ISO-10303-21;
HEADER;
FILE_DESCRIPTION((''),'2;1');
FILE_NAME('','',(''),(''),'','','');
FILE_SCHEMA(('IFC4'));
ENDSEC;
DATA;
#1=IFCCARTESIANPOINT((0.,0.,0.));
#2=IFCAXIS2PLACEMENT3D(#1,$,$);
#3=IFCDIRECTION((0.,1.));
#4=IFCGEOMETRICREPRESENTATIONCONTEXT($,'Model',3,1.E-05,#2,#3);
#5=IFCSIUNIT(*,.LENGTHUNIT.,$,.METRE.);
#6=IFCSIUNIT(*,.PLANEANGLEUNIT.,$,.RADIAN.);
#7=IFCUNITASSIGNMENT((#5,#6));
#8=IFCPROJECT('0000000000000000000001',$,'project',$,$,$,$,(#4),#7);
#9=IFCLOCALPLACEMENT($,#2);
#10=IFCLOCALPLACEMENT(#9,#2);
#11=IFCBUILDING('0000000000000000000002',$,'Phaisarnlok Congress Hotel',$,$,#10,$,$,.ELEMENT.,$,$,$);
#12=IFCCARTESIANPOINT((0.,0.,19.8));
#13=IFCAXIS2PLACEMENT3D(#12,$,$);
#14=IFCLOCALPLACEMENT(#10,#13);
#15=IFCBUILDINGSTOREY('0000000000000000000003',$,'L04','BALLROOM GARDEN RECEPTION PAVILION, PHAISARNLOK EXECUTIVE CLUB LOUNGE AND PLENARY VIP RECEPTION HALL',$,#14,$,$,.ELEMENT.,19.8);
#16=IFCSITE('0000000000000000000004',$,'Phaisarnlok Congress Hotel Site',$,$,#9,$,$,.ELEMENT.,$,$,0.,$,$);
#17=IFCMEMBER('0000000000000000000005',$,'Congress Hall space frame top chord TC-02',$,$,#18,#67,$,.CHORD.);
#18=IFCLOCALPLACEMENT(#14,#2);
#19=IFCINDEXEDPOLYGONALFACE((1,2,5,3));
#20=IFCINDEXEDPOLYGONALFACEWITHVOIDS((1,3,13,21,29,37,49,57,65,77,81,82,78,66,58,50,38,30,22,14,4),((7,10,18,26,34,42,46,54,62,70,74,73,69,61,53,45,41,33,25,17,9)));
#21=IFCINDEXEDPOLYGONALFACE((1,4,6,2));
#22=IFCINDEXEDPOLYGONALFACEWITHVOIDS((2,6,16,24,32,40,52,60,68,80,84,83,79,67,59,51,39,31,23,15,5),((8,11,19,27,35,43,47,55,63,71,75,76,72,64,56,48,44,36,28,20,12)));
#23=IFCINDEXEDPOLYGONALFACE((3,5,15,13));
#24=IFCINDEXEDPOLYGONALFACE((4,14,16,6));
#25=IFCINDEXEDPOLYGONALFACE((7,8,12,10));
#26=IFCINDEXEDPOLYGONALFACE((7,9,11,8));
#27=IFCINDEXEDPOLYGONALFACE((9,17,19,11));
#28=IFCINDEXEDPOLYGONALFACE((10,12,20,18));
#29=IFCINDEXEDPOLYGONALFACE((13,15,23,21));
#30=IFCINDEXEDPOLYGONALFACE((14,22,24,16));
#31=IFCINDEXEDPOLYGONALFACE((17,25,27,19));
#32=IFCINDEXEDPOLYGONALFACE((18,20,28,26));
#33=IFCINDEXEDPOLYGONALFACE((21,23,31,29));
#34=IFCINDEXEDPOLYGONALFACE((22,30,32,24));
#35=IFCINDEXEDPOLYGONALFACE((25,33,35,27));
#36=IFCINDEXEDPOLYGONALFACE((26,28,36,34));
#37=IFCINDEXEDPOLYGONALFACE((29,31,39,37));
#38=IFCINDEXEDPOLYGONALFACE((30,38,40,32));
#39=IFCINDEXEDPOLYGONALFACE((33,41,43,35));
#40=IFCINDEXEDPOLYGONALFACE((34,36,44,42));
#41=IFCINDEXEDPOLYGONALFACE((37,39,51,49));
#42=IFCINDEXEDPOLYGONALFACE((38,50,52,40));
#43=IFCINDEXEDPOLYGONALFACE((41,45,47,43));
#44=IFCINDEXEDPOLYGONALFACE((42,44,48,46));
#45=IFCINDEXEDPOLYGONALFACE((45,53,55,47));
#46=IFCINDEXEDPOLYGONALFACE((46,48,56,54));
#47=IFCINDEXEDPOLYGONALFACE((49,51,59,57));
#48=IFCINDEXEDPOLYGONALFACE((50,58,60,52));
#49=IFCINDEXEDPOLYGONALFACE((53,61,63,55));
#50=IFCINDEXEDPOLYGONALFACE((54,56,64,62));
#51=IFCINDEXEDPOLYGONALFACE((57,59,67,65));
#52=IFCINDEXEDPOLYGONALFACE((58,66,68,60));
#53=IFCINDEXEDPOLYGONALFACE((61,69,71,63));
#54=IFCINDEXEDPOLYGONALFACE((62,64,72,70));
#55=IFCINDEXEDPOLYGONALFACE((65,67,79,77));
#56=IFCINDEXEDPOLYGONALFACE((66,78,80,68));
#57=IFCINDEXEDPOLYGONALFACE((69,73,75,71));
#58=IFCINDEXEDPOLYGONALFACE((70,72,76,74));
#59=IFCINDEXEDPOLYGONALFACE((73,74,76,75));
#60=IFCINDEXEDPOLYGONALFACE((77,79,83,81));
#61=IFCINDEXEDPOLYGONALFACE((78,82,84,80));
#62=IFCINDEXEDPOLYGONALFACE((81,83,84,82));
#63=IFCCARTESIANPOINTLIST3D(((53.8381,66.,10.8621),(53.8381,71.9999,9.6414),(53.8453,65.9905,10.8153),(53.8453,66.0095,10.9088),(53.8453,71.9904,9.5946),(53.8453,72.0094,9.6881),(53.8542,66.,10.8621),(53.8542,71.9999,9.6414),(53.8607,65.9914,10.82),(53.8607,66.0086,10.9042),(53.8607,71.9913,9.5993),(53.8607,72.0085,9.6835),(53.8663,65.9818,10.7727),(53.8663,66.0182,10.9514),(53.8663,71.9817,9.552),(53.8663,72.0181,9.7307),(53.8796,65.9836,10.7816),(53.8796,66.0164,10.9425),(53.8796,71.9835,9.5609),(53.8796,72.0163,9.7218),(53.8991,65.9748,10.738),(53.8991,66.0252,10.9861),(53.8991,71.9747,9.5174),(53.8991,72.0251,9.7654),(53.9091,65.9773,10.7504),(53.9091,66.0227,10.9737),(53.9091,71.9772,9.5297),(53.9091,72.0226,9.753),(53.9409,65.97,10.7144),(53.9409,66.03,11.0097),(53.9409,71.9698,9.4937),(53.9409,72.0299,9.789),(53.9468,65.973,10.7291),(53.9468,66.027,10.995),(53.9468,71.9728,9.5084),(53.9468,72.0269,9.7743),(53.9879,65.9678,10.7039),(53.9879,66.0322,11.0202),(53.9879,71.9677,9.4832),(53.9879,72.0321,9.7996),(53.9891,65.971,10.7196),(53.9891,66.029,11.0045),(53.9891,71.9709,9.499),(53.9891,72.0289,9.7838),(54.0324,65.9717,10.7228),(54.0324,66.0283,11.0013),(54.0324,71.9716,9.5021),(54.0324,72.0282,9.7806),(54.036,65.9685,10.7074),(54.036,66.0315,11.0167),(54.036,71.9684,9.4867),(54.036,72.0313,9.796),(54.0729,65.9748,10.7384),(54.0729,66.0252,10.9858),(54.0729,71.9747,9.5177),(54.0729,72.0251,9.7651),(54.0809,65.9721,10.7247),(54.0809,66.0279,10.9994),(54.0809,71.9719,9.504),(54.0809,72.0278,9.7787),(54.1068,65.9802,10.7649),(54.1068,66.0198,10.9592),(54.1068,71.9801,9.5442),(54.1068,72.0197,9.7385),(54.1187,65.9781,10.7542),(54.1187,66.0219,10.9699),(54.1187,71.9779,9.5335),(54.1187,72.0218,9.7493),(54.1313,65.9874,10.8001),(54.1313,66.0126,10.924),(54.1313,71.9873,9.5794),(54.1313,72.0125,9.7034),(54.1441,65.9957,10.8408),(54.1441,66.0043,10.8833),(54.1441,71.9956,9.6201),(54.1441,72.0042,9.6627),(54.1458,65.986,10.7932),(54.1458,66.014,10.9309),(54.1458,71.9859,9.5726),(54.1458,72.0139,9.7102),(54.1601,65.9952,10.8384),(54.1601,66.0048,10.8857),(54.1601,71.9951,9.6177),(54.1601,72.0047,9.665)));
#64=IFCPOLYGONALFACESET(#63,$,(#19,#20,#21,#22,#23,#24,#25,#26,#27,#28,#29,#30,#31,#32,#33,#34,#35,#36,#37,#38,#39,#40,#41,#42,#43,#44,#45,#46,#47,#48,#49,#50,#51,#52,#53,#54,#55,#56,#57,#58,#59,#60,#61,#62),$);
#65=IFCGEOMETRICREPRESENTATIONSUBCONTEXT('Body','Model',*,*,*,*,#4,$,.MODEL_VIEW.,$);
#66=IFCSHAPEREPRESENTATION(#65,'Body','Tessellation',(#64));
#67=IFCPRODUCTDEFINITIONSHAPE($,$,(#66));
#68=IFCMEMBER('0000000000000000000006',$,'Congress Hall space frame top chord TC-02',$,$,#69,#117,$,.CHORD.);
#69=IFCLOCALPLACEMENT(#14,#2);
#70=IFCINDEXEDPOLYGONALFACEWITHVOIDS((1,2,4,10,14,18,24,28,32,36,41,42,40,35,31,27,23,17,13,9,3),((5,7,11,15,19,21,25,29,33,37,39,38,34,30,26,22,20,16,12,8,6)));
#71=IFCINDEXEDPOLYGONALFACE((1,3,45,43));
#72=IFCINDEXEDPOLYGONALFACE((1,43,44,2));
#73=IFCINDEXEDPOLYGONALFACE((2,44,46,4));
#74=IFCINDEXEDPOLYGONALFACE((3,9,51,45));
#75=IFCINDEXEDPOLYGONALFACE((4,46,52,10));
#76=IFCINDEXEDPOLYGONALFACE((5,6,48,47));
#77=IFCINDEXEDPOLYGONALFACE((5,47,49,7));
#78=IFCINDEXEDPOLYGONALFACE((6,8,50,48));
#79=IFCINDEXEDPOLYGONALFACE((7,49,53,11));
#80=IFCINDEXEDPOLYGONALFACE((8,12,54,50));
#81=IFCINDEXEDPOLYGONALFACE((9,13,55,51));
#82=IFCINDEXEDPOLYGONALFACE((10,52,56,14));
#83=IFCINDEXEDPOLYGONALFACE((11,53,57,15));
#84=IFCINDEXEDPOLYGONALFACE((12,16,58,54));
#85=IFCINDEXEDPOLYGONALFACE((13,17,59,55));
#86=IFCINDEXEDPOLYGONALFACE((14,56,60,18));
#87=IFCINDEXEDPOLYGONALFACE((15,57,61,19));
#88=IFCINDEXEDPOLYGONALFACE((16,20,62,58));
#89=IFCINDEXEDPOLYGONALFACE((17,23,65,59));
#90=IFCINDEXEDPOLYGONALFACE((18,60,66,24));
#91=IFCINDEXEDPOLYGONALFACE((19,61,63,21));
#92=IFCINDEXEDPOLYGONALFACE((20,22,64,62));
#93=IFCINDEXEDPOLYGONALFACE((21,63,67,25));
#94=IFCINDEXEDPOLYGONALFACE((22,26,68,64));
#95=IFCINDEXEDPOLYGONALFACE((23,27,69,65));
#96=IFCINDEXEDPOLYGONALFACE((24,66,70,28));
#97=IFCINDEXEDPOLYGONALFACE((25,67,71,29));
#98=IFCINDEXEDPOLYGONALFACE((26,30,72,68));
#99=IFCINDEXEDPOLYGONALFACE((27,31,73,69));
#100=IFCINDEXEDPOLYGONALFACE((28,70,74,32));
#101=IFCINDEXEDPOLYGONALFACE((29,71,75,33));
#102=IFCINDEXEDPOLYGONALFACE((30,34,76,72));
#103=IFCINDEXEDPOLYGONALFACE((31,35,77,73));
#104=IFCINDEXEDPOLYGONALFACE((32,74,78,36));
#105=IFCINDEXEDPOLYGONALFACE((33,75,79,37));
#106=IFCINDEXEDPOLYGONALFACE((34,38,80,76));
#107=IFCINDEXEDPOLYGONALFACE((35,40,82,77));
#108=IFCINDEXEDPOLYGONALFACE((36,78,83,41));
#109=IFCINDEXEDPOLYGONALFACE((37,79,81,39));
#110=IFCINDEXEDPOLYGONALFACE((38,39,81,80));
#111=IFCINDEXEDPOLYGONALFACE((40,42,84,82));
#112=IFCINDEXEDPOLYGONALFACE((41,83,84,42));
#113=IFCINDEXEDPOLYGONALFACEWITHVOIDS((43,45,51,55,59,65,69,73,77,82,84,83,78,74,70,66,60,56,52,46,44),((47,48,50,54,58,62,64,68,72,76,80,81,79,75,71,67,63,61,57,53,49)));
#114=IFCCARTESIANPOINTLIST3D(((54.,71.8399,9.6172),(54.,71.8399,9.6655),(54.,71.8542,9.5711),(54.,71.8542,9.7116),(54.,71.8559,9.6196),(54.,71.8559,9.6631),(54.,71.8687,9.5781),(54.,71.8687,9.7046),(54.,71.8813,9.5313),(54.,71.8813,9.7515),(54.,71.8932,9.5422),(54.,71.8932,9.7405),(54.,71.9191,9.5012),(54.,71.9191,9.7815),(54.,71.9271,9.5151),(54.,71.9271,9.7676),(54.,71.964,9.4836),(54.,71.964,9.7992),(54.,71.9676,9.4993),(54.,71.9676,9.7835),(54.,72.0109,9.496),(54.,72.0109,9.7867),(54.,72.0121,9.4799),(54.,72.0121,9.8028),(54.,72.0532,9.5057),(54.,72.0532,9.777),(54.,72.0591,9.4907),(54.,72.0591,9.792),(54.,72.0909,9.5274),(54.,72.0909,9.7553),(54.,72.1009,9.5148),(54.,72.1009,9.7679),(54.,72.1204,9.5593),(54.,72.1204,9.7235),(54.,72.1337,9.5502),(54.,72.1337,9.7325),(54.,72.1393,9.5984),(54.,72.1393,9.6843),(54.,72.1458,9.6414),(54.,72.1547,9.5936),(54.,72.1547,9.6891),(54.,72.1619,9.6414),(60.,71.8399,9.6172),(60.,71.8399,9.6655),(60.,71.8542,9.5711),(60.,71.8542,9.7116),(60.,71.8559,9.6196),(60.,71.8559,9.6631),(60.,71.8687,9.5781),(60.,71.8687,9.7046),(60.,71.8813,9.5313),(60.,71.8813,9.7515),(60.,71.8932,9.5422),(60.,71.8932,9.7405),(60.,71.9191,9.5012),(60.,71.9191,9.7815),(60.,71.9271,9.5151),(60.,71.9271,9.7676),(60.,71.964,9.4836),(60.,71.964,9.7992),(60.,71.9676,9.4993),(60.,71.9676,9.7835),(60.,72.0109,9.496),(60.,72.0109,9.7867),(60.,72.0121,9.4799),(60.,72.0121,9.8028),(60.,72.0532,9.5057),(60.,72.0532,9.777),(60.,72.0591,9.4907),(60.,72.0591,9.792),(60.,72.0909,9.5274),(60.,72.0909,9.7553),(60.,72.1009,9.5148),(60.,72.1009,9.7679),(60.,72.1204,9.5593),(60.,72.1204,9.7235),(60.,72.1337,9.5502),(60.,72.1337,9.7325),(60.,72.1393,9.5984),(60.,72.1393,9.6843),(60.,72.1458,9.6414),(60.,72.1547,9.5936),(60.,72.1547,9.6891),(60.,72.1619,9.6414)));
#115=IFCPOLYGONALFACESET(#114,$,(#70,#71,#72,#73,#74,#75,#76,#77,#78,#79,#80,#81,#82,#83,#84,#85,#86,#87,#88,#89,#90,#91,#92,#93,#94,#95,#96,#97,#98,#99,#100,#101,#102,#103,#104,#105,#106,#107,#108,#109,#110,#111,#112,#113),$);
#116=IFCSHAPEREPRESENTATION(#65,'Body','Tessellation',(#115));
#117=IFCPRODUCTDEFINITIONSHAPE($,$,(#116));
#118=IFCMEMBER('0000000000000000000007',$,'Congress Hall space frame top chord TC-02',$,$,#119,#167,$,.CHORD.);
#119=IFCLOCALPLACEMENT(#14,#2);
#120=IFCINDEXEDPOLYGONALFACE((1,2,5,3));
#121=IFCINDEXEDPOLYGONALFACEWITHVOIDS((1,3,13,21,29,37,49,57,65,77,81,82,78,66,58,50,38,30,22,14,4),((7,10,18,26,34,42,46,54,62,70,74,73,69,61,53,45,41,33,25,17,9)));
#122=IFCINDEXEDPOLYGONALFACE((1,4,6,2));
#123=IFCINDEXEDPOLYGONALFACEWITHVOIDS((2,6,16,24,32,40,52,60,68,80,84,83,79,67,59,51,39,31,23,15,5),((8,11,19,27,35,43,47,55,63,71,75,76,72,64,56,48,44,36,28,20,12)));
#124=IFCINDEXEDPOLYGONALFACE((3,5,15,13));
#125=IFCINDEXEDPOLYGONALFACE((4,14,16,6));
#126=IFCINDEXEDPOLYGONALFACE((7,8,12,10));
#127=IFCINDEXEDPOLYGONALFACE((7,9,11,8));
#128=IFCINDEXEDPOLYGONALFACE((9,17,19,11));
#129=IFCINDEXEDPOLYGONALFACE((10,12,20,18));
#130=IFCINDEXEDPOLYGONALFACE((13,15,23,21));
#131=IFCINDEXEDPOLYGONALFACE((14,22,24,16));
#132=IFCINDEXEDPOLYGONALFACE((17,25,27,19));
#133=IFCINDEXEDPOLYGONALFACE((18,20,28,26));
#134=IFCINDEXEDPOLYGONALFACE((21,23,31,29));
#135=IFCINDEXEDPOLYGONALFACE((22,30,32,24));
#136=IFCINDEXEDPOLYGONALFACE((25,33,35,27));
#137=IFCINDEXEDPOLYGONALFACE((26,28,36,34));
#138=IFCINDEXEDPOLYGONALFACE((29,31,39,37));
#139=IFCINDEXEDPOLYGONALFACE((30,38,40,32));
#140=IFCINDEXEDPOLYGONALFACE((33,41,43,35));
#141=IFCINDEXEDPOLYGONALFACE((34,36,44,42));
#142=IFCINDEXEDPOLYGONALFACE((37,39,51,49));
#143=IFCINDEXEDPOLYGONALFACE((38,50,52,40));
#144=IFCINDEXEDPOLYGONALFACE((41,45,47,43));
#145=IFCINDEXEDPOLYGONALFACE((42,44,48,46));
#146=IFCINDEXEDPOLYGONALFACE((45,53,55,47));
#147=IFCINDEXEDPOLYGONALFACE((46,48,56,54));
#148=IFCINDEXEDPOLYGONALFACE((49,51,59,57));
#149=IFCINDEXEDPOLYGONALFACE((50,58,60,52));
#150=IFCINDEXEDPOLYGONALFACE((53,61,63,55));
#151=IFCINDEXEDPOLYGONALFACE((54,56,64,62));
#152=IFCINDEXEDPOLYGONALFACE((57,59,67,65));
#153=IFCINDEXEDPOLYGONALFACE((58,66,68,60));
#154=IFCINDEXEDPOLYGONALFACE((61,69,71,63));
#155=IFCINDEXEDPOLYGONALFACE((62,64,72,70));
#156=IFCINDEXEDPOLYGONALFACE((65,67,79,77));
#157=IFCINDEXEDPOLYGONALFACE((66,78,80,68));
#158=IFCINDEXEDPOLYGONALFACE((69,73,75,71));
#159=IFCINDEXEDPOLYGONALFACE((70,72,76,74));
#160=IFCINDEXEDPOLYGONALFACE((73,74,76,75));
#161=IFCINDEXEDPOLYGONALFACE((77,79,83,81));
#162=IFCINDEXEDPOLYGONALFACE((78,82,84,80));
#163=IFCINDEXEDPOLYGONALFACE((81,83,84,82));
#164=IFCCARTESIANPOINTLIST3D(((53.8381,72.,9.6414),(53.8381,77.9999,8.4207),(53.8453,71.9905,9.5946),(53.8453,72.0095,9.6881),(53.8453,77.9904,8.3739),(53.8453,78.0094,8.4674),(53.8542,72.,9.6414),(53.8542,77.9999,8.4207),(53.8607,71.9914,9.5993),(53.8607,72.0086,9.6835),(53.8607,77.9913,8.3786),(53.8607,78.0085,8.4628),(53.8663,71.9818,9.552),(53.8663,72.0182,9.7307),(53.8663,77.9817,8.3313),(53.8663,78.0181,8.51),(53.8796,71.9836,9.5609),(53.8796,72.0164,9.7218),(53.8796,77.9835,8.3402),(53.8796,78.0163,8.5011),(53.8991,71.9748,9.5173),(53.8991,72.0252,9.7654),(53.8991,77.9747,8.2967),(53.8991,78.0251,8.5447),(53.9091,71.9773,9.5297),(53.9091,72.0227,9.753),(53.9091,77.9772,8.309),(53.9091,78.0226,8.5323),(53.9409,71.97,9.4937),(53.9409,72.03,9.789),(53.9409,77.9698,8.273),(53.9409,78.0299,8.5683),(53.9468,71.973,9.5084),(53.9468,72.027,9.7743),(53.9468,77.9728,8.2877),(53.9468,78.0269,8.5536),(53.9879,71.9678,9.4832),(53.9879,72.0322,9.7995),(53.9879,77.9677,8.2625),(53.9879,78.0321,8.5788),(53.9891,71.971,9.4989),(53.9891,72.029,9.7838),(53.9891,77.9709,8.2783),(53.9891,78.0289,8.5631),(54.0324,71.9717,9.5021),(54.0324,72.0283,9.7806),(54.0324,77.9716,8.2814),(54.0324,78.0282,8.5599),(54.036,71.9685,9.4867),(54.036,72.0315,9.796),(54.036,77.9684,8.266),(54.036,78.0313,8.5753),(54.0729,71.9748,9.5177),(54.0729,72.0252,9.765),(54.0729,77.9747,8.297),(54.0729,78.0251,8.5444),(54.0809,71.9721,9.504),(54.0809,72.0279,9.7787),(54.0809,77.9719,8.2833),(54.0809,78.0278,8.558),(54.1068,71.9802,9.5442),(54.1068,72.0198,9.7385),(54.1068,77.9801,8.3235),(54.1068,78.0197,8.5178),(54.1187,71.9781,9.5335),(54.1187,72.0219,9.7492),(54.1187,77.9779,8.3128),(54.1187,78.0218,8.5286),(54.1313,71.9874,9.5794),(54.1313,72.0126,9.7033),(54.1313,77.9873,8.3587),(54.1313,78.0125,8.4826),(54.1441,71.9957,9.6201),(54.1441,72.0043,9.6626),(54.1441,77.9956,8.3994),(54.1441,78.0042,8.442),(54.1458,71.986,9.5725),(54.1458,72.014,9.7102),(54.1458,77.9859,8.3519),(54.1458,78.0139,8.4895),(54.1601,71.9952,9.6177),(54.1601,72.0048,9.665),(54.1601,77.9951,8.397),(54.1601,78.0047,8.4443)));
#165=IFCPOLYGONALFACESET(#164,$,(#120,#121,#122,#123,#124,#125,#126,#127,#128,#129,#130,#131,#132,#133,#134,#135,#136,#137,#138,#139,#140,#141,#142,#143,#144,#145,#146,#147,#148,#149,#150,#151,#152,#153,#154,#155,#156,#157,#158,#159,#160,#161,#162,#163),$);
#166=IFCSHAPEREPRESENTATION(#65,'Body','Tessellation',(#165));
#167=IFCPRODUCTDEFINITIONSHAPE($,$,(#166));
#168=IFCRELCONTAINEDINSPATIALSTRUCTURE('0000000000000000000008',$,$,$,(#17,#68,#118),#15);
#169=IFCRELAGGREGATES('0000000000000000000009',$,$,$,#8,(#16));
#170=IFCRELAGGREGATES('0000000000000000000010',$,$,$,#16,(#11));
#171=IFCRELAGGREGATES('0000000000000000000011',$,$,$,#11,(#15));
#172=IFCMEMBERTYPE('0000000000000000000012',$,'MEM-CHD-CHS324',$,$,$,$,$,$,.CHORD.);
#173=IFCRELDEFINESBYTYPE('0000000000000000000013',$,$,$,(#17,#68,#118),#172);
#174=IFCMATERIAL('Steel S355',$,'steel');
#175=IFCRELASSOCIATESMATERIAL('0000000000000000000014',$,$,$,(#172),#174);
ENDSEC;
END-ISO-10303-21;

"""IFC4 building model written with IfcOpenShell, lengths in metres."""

from ifc_helpers import new_model, si_unit, direction, frame, origin, origin_2d, place, context, subcontext, project, spatial, hollow_circle, extrude, material, material_profile, profile_set, type_object, element, save


model = new_model("IFC4")

# Units and contexts
model_context = context("Model", 3, precision=1e-05, world=origin(), true_north=direction((0.0, 1.0)))
body_context = subcontext(model_context, "Body", "Model", "MODEL_VIEW")
ifc_project = project(units=[si_unit("LENGTHUNIT", "METRE"), si_unit("PLANEANGLEUNIT", "RADIAN")], contexts=[model_context])

# Site, building, storey
site_placement = place(None, origin())
site = spatial("IfcSite", under=ifc_project, at=site_placement, Name="Phaisarnlok Congress Hotel Site", CompositionType="ELEMENT", RefElevation=0.0)
building_placement = place(site_placement, origin())
building = spatial("IfcBuilding", under=site, at=building_placement, Name="Phaisarnlok Congress Hotel", CompositionType="ELEMENT")
storey_placement = place(building_placement, frame((0.0, 0.0, 19.8)))
storey = spatial("IfcBuildingStorey", under=building, at=storey_placement, Name="L04", Description="BALLROOM GARDEN RECEPTION PAVILION, PHAISARNLOK EXECUTIVE CLUB LOUNGE AND PLENARY VIP RECEPTION HALL", CompositionType="ELEMENT", Elevation=19.8)

# Members
ifc_material = material(Name="Steel S355", Category="steel")
ifc_material_profile_1 = material_profile(ifc_material, hollow_circle(Radius=0.1619, WallThickness=0.0161, at=origin_2d()), Name="CHS 323.9x16")
ifc_profile_set_1 = profile_set([ifc_material_profile_1], Name="Steel S355")
member_type_1 = type_object("IfcMemberType", Name="MEM-CHD-CHS324", PredefinedType="CHORD", material=ifc_profile_set_1)
member_1_placement = place(storey_placement, frame((54.0, 66.0, 10.8621), z_axis=(0.0, 0.979925, -0.199366), x_axis=(-1.0, 0.0, 0.0)))
element("IfcMember", 1, at=member_1_placement, inside=storey, type_object=member_type_1, Name="Congress Hall space frame top chord TC-02", PredefinedType="CHORD", context=body_context, shape_type="SweptSolid", body=[
    extrude(hollow_circle(Radius=0.1619, WallThickness=0.0161, at=origin_2d()), origin(), (0.0, 0.0, 1.0), 6.1228),
])
member_2_placement = place(storey_placement, frame((54.0, 72.0, 9.6414), z_axis=(1.0, 0.0, 0.0), x_axis=(0.0, 1.0, 0.0)))
element("IfcMember", 2, at=member_2_placement, inside=storey, type_object=member_type_1, Name="Congress Hall space frame top chord TC-02", PredefinedType="CHORD", context=body_context, shape_type="SweptSolid", body=[
    extrude(hollow_circle(Radius=0.1619, WallThickness=0.0161, at=origin_2d()), origin(), (0.0, 0.0, 1.0), 6.0),
])
member_3_placement = place(storey_placement, frame((54.0, 72.0, 9.6414), z_axis=(0.0, 0.979925, -0.199366), x_axis=(-1.0, 0.0, 0.0)))
element("IfcMember", 3, at=member_3_placement, inside=storey, type_object=member_type_1, Name="Congress Hall space frame top chord TC-02", PredefinedType="CHORD", context=body_context, shape_type="SweptSolid", body=[
    extrude(hollow_circle(Radius=0.1619, WallThickness=0.0161, at=origin_2d()), origin(), (0.0, 0.0, 1.0), 6.1228),
])

save(model, "model.ifc")
